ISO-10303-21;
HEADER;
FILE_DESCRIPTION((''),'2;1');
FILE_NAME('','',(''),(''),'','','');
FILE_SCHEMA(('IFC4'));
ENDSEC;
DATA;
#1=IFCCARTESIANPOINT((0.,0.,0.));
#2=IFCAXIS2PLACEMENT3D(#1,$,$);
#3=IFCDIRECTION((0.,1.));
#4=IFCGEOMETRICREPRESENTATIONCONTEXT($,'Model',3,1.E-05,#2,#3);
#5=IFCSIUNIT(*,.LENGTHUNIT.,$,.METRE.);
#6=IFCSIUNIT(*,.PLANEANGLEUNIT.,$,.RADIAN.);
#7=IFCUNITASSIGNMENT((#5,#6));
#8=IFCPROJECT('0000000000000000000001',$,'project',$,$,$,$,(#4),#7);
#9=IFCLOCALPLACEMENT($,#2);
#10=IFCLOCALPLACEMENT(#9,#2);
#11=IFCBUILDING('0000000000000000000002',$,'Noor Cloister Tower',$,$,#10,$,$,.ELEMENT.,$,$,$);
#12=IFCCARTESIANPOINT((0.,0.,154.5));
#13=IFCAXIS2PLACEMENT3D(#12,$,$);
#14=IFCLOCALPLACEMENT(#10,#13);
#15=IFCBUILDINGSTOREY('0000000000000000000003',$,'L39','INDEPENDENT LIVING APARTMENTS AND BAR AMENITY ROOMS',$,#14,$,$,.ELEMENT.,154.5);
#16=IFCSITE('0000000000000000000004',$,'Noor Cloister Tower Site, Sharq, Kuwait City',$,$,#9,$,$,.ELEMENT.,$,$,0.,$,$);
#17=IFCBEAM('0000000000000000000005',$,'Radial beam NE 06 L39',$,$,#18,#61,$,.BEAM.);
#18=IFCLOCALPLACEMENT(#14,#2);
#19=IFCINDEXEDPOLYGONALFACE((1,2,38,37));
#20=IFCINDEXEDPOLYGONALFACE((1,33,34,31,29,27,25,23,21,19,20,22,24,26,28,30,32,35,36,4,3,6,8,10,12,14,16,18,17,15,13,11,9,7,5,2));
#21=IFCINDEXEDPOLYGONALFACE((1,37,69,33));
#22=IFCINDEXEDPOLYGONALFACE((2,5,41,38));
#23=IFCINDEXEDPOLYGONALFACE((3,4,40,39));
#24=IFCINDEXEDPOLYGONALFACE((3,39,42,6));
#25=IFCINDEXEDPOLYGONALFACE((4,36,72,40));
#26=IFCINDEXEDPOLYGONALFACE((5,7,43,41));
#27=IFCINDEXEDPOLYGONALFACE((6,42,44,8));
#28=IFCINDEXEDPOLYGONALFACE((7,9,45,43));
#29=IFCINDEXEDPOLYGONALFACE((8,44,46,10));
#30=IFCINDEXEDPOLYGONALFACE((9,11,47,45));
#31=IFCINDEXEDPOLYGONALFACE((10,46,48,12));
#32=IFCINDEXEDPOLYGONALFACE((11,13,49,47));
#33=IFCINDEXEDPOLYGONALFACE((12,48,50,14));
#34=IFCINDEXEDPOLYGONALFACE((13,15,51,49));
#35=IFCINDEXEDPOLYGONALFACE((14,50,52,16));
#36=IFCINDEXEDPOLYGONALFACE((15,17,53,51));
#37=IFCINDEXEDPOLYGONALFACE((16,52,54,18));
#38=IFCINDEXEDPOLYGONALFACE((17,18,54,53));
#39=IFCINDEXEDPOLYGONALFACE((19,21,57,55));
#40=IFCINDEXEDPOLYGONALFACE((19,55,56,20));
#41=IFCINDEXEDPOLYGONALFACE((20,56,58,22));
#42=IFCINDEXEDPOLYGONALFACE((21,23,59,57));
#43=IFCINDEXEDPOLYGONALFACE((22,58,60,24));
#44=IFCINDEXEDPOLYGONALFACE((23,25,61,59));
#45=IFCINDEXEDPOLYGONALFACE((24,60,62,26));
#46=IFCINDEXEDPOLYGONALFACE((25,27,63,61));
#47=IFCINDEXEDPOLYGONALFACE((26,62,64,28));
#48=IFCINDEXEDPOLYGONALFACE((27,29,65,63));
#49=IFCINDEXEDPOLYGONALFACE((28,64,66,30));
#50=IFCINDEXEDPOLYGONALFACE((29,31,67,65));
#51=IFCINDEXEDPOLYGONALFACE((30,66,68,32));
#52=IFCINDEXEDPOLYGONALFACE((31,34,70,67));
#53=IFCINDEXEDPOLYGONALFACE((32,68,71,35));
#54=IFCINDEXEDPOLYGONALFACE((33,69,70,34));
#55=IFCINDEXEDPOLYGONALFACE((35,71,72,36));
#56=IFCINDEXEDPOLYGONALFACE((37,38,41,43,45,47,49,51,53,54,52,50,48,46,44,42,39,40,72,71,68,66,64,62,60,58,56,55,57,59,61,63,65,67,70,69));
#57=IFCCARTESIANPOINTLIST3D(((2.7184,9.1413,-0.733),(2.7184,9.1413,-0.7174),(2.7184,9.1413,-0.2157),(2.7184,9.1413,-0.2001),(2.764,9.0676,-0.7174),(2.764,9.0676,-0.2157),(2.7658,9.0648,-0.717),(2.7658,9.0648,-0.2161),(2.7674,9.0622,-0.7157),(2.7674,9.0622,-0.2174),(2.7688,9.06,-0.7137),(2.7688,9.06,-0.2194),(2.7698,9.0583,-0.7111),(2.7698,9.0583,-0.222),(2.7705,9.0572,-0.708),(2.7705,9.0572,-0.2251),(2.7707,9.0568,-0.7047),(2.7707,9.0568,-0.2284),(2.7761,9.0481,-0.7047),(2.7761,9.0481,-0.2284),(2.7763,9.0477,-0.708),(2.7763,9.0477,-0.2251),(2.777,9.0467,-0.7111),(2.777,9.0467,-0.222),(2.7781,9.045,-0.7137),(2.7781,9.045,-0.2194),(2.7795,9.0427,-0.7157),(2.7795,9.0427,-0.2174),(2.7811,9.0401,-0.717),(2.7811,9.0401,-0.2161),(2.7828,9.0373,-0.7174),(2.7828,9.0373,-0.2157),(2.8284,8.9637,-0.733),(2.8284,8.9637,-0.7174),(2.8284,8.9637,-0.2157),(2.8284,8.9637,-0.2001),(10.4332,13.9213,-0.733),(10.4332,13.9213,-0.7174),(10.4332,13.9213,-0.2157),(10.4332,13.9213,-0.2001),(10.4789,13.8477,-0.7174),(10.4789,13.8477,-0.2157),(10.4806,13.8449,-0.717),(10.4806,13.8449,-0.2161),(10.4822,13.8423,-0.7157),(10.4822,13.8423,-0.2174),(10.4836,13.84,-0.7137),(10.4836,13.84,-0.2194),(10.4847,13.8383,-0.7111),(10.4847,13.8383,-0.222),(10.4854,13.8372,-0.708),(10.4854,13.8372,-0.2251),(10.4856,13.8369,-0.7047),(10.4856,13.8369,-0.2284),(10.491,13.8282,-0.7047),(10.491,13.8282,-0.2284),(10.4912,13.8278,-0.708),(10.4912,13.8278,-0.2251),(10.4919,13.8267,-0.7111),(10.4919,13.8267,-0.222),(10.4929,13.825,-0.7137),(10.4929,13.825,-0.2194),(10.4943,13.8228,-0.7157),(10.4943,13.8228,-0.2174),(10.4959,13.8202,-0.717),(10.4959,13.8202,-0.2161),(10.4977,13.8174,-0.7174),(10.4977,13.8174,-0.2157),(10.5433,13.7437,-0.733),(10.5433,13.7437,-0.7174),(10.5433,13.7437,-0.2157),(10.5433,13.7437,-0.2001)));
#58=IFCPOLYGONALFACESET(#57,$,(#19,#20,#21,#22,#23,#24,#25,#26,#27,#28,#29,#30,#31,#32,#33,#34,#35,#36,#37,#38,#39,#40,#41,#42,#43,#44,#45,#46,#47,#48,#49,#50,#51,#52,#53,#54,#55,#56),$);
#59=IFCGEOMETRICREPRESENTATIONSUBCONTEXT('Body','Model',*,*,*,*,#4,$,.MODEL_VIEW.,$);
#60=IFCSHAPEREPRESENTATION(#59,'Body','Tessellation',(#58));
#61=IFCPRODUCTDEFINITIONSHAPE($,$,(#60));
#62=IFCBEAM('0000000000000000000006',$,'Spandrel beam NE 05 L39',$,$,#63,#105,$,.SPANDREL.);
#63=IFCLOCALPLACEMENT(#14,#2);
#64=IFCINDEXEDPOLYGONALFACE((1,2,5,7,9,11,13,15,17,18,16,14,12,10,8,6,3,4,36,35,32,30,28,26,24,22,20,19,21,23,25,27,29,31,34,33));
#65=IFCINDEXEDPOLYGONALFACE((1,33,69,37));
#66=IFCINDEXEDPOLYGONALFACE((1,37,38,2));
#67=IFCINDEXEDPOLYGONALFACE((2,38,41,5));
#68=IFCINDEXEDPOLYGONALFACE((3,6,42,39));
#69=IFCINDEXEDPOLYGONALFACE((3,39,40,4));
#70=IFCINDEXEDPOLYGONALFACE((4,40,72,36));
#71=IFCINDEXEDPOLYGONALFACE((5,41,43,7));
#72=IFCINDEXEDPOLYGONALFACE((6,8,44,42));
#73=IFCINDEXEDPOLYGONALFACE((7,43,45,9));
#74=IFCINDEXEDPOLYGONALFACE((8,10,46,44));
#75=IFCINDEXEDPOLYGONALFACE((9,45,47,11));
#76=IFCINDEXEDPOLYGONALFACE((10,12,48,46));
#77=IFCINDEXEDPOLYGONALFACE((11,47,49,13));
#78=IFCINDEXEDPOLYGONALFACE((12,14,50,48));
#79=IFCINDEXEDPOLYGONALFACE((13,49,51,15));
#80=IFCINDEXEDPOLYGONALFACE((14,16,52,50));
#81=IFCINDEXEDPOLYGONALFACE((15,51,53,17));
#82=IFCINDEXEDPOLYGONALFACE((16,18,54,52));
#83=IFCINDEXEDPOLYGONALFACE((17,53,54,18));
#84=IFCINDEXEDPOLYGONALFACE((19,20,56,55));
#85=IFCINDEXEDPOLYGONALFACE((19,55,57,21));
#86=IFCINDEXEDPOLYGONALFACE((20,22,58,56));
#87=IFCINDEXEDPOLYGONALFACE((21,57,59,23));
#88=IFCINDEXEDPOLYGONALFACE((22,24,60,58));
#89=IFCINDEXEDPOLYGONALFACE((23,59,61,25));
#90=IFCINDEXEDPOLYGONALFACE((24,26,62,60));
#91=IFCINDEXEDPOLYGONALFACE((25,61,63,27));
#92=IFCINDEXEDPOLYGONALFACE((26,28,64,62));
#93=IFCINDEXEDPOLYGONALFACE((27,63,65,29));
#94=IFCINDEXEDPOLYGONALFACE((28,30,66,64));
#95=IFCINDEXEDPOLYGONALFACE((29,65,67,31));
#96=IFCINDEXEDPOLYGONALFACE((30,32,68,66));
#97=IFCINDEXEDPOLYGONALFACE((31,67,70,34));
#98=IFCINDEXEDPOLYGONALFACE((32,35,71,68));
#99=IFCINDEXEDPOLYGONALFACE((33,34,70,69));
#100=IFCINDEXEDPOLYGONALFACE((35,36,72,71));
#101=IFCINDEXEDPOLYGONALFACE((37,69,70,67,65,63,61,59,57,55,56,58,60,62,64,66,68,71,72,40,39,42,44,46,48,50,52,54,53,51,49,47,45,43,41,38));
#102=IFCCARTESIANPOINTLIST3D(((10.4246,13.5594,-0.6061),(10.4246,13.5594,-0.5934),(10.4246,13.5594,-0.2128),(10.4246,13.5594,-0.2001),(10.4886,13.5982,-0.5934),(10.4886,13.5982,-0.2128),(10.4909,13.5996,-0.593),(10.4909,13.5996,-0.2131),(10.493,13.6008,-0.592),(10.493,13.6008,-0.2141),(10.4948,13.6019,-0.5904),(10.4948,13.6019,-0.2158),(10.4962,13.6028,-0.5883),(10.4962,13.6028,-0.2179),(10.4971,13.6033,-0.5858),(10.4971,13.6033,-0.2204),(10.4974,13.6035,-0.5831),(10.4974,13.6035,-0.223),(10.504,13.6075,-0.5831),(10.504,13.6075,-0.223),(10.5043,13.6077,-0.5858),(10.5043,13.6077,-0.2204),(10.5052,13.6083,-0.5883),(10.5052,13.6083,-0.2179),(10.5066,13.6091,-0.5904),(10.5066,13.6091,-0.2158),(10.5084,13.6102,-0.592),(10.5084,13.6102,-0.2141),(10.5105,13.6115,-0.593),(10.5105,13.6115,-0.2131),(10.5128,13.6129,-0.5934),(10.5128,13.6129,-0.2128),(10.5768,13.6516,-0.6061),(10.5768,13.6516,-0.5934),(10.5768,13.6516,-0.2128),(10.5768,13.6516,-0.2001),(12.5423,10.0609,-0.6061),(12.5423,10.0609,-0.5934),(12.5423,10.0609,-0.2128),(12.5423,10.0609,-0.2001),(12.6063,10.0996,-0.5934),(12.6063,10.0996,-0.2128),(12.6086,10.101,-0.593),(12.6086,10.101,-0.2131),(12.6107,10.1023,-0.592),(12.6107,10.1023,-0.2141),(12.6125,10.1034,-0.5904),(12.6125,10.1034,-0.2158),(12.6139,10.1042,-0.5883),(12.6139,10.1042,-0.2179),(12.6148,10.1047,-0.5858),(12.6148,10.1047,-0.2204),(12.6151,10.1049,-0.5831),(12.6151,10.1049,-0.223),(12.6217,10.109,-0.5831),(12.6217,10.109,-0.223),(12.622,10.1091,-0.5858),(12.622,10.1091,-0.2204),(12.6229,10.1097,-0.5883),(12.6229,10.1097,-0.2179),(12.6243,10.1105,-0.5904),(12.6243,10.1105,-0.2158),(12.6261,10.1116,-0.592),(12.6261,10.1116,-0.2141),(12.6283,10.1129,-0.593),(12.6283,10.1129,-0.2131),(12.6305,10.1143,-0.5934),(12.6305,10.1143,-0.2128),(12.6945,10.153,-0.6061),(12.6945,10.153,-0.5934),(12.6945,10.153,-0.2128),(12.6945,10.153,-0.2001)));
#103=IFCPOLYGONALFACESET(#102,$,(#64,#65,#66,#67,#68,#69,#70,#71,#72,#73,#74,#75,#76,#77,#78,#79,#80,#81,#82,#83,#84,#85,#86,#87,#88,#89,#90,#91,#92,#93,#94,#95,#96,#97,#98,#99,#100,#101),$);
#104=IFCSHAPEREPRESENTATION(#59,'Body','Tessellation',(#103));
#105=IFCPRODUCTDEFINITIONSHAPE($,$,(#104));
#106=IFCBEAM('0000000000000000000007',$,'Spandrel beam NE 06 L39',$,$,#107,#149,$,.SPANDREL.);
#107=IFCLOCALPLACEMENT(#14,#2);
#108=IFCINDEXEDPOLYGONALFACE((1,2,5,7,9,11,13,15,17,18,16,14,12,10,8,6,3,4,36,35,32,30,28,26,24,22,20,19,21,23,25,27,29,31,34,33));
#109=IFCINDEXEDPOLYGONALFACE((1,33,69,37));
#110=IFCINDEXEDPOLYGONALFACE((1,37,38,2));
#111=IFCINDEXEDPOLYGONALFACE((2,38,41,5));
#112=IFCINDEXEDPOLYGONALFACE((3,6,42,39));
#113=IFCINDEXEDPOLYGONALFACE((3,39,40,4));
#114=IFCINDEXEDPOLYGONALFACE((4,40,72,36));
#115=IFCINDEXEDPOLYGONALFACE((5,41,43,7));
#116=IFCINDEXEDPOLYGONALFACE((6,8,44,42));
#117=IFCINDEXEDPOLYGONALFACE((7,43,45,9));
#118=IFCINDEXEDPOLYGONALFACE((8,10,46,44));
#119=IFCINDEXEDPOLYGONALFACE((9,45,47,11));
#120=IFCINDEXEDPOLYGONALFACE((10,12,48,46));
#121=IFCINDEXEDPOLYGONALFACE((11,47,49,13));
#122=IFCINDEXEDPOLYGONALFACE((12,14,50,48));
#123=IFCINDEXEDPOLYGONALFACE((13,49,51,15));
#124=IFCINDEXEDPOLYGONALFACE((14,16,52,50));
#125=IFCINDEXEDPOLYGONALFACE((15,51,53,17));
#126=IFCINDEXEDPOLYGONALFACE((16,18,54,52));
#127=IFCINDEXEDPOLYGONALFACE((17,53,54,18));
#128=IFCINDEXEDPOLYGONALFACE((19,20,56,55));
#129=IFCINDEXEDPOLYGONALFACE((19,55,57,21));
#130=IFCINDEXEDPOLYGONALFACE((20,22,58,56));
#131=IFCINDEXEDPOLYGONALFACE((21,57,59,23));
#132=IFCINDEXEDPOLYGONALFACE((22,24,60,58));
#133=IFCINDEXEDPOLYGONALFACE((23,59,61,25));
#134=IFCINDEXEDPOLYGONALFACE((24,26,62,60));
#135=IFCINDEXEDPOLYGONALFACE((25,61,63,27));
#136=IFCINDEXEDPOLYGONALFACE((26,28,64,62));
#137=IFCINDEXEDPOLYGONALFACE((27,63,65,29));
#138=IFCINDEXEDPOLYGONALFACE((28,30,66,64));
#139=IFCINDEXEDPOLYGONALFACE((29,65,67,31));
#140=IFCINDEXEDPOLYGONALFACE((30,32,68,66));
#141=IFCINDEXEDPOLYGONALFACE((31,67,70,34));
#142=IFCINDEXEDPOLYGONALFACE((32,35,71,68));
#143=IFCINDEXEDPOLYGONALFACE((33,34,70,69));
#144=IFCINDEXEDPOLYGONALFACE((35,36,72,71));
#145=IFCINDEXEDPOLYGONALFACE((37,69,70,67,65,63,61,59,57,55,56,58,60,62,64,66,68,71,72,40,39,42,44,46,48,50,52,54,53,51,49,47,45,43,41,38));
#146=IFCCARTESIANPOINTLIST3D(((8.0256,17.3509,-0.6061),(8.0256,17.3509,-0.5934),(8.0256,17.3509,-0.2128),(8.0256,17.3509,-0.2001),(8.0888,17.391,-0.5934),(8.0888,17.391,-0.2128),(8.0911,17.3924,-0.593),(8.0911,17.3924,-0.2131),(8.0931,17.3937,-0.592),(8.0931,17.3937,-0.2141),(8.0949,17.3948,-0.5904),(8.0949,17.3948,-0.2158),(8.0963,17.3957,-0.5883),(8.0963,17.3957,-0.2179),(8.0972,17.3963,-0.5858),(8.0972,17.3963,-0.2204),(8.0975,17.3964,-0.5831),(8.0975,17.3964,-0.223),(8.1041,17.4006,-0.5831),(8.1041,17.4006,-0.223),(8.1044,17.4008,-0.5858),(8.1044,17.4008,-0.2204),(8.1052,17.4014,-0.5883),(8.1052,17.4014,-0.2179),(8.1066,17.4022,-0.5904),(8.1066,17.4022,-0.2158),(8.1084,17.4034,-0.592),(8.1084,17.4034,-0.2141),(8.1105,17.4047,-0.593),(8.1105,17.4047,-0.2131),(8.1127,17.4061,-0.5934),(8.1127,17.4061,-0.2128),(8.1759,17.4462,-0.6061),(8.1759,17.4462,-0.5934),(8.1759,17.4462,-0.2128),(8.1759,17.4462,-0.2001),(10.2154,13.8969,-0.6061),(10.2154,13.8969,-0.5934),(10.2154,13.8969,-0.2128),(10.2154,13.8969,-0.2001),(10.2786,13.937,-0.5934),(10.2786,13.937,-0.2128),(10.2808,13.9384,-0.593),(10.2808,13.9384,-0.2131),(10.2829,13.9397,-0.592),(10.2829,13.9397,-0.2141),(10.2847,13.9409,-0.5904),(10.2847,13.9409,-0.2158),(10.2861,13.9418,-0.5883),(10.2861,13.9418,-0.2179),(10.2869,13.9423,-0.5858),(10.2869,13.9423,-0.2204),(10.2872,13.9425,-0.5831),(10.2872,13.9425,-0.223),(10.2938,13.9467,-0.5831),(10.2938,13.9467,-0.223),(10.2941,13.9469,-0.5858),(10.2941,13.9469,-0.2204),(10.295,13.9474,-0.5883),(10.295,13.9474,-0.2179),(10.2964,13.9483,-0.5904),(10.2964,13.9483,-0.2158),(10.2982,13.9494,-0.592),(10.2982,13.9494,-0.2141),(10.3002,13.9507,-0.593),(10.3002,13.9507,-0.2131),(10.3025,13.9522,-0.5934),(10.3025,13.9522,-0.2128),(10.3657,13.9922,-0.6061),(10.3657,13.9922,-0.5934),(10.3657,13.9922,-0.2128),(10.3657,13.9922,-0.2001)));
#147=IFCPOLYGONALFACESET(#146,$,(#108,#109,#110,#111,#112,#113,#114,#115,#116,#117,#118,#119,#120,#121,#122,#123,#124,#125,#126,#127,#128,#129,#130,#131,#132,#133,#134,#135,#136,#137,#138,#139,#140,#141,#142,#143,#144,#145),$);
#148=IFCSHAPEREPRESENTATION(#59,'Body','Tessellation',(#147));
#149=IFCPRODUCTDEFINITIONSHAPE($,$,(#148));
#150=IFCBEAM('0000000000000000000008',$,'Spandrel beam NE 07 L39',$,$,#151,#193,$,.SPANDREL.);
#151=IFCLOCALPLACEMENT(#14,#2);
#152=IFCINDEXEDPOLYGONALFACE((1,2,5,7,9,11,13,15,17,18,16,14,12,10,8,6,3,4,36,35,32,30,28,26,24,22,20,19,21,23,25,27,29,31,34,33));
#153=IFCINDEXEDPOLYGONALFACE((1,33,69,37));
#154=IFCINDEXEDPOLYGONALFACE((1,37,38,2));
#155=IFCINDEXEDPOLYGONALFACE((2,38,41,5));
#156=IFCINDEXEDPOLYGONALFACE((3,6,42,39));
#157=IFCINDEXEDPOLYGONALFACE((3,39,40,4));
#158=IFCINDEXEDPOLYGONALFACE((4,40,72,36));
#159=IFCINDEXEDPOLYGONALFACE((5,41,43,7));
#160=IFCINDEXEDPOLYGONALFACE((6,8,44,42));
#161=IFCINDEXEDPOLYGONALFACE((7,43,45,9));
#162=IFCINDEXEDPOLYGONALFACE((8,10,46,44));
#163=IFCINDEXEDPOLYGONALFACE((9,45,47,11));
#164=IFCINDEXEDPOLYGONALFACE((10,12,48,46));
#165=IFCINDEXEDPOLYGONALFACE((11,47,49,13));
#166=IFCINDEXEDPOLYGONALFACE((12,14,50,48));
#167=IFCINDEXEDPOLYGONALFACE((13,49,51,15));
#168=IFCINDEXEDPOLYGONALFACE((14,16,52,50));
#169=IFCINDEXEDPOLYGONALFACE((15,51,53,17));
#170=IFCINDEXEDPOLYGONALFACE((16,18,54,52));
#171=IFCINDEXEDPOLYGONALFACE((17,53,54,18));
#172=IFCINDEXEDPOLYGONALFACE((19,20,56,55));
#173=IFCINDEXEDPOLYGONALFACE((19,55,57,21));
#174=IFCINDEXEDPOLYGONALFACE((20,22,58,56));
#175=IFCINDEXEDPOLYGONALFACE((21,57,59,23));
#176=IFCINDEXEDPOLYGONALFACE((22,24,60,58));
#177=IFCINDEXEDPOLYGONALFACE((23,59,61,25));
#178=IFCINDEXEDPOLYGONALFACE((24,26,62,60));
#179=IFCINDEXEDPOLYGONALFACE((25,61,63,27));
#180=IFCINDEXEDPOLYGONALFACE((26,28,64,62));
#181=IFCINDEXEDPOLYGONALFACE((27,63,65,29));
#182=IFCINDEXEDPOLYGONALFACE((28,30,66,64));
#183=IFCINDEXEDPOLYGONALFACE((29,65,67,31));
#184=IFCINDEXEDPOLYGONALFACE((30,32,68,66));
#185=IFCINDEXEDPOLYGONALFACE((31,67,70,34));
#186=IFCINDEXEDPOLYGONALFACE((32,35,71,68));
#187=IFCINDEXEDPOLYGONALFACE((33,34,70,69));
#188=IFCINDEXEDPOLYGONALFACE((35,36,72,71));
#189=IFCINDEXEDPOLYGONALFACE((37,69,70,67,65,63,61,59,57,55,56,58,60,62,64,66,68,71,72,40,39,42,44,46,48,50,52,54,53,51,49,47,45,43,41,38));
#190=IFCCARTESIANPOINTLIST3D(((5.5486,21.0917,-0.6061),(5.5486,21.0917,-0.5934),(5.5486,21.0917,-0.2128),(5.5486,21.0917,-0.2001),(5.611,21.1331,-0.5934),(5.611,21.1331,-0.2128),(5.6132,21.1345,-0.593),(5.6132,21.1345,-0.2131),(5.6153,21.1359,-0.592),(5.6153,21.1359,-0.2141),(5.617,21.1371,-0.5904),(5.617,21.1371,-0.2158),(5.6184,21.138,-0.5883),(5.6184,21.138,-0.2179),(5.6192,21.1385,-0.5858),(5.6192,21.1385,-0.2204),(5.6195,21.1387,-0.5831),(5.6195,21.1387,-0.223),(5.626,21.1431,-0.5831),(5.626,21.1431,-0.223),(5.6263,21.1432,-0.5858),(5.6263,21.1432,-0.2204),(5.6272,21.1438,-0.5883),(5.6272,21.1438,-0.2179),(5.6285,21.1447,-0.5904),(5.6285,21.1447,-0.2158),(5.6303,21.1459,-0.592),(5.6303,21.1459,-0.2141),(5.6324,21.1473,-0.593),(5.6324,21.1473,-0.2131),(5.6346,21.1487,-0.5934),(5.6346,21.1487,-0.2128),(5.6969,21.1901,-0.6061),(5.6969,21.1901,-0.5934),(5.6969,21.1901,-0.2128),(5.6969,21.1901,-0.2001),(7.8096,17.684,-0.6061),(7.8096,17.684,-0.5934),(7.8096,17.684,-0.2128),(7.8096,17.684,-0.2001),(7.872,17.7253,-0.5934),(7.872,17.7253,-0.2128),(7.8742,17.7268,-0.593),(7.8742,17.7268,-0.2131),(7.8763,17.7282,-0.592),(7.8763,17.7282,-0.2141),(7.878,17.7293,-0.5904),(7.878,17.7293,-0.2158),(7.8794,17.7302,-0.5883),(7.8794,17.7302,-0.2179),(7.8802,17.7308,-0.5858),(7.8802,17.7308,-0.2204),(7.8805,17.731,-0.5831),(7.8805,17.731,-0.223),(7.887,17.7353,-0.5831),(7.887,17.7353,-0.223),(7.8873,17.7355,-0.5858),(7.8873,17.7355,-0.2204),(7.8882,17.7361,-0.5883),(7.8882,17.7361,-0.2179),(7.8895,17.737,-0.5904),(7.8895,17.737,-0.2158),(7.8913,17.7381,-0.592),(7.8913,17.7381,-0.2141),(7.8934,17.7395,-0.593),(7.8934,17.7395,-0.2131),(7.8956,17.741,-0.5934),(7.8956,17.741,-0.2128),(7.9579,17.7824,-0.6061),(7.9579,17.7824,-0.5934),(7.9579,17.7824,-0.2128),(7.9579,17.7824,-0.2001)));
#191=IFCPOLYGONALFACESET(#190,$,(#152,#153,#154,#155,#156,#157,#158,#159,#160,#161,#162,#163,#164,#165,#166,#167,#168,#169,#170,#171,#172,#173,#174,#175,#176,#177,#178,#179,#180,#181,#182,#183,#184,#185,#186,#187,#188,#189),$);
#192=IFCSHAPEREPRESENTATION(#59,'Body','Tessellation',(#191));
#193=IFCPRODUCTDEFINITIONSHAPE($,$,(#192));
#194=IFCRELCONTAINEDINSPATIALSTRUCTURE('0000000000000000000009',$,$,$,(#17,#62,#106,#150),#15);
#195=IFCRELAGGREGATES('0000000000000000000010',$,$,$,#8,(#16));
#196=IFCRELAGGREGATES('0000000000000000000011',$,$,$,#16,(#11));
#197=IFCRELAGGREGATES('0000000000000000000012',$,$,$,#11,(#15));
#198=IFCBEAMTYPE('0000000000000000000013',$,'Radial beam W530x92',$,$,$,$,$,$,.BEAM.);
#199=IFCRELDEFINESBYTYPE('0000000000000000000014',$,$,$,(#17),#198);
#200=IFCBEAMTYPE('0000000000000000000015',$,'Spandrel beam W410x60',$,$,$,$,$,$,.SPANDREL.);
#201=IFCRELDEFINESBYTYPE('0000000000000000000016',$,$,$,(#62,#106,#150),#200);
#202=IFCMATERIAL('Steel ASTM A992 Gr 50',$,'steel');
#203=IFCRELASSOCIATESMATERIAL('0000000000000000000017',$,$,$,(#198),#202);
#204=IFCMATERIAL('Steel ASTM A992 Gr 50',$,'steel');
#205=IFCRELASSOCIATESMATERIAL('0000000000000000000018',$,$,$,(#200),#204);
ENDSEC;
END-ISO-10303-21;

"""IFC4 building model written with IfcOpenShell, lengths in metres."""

from ifc_helpers import new_model, si_unit, direction, frame, origin, origin_2d, place, context, subcontext, project, spatial, i_section, extrude, material, material_profile, profile_set, type_object, element, save


model = new_model("IFC4")

# Units and contexts
model_context = context("Model", 3, precision=1e-05, world=origin(), true_north=direction((0.0, 1.0)))
body_context = subcontext(model_context, "Body", "Model", "MODEL_VIEW")
ifc_project = project(units=[si_unit("LENGTHUNIT", "METRE"), si_unit("PLANEANGLEUNIT", "RADIAN")], contexts=[model_context])

# Site, building, storey
site_placement = place(None, origin())
site = spatial("IfcSite", under=ifc_project, at=site_placement, Name="Noor Cloister Tower Site, Sharq, Kuwait City", CompositionType="ELEMENT", RefElevation=0.0)
building_placement = place(site_placement, origin())
building = spatial("IfcBuilding", under=site, at=building_placement, Name="Noor Cloister Tower", CompositionType="ELEMENT")
storey_placement = place(building_placement, frame((0.0, 0.0, 154.5)))
storey = spatial("IfcBuildingStorey", under=building, at=storey_placement, Name="L39", Description="INDEPENDENT LIVING APARTMENTS AND BAR AMENITY ROOMS", CompositionType="ELEMENT", Elevation=154.5)

# Beams
ifc_material_1 = material(Name="Steel ASTM A992 Gr 50", Category="steel")
ifc_material_profile_1 = material_profile(ifc_material_1, i_section(OverallWidth=0.209, OverallDepth=0.533, WebThickness=0.0103, FlangeThickness=0.0156, FilletRadius=0.0127, at=origin_2d()), Name="W530x92")
ifc_profile_set_1 = profile_set([ifc_material_profile_1], Name="Steel ASTM A992 Gr 50")
beam_type_1 = type_object("IfcBeamType", Name="Radial beam W530x92", PredefinedType="BEAM", material=ifc_profile_set_1)
beam_1_placement = place(storey_placement, frame((10.4883, 13.8325, -0.4666), z_axis=(-0.850059, -0.526687, 0.0), x_axis=(0.526687, -0.850059, 0.0)))
element("IfcBeam", 1, at=beam_1_placement, inside=storey, type_object=beam_type_1, Name="Radial beam NE 06 L39", PredefinedType="BEAM", context=body_context, shape_type="SweptSolid", body=[
    extrude(i_section(OverallWidth=0.209, OverallDepth=0.533, WebThickness=0.0103, FlangeThickness=0.0156, FilletRadius=0.0127, at=origin_2d()), origin(), (0.0, 0.0, 1.0), 9.0757),
])
ifc_material_2 = material(Name="Steel ASTM A992 Gr 50", Category="steel")
ifc_material_profile_2 = material_profile(ifc_material_2, i_section(OverallWidth=0.178, OverallDepth=0.406, WebThickness=0.0078, FlangeThickness=0.0127, FilletRadius=0.0103, at=origin_2d()), Name="W410x60")
ifc_profile_set_2 = profile_set([ifc_material_profile_2], Name="Steel ASTM A992 Gr 50")
beam_type_2 = type_object("IfcBeamType", Name="Spandrel beam W410x60", PredefinedType="SPANDREL", material=ifc_profile_set_2)
for number, where, z_axis, x_axis, name in (
    (2, (12.6184, 10.1069, -0.4031), (-0.517828, 0.855485, 0.0), (-0.855485, -0.517828, 0.0), "Spandrel beam NE 05 L39"),
    (3, (10.2905, 13.9446, -0.4031), (-0.535445, 0.84457, 0.0), (-0.84457, -0.535445, 0.0), "Spandrel beam NE 06 L39"),
    (4, (7.8838, 17.7332, -0.4031), (-0.552867, 0.83327, 0.0), (-0.83327, -0.552867, 0.0), "Spandrel beam NE 07 L39"),
):
    element("IfcBeam", number, at=place(storey_placement, frame(where, z_axis=z_axis, x_axis=x_axis)), inside=storey, type_object=beam_type_2, Name=name, PredefinedType="SPANDREL", context=body_context, shape_type="SweptSolid", body=[
        extrude(i_section(OverallWidth=0.178, OverallDepth=0.406, WebThickness=0.0078, FlangeThickness=0.0127, FilletRadius=0.0103, at=origin_2d()), origin(), (0.0, 0.0, 1.0), 4.0896),
    ])

save(model, "model.ifc")
